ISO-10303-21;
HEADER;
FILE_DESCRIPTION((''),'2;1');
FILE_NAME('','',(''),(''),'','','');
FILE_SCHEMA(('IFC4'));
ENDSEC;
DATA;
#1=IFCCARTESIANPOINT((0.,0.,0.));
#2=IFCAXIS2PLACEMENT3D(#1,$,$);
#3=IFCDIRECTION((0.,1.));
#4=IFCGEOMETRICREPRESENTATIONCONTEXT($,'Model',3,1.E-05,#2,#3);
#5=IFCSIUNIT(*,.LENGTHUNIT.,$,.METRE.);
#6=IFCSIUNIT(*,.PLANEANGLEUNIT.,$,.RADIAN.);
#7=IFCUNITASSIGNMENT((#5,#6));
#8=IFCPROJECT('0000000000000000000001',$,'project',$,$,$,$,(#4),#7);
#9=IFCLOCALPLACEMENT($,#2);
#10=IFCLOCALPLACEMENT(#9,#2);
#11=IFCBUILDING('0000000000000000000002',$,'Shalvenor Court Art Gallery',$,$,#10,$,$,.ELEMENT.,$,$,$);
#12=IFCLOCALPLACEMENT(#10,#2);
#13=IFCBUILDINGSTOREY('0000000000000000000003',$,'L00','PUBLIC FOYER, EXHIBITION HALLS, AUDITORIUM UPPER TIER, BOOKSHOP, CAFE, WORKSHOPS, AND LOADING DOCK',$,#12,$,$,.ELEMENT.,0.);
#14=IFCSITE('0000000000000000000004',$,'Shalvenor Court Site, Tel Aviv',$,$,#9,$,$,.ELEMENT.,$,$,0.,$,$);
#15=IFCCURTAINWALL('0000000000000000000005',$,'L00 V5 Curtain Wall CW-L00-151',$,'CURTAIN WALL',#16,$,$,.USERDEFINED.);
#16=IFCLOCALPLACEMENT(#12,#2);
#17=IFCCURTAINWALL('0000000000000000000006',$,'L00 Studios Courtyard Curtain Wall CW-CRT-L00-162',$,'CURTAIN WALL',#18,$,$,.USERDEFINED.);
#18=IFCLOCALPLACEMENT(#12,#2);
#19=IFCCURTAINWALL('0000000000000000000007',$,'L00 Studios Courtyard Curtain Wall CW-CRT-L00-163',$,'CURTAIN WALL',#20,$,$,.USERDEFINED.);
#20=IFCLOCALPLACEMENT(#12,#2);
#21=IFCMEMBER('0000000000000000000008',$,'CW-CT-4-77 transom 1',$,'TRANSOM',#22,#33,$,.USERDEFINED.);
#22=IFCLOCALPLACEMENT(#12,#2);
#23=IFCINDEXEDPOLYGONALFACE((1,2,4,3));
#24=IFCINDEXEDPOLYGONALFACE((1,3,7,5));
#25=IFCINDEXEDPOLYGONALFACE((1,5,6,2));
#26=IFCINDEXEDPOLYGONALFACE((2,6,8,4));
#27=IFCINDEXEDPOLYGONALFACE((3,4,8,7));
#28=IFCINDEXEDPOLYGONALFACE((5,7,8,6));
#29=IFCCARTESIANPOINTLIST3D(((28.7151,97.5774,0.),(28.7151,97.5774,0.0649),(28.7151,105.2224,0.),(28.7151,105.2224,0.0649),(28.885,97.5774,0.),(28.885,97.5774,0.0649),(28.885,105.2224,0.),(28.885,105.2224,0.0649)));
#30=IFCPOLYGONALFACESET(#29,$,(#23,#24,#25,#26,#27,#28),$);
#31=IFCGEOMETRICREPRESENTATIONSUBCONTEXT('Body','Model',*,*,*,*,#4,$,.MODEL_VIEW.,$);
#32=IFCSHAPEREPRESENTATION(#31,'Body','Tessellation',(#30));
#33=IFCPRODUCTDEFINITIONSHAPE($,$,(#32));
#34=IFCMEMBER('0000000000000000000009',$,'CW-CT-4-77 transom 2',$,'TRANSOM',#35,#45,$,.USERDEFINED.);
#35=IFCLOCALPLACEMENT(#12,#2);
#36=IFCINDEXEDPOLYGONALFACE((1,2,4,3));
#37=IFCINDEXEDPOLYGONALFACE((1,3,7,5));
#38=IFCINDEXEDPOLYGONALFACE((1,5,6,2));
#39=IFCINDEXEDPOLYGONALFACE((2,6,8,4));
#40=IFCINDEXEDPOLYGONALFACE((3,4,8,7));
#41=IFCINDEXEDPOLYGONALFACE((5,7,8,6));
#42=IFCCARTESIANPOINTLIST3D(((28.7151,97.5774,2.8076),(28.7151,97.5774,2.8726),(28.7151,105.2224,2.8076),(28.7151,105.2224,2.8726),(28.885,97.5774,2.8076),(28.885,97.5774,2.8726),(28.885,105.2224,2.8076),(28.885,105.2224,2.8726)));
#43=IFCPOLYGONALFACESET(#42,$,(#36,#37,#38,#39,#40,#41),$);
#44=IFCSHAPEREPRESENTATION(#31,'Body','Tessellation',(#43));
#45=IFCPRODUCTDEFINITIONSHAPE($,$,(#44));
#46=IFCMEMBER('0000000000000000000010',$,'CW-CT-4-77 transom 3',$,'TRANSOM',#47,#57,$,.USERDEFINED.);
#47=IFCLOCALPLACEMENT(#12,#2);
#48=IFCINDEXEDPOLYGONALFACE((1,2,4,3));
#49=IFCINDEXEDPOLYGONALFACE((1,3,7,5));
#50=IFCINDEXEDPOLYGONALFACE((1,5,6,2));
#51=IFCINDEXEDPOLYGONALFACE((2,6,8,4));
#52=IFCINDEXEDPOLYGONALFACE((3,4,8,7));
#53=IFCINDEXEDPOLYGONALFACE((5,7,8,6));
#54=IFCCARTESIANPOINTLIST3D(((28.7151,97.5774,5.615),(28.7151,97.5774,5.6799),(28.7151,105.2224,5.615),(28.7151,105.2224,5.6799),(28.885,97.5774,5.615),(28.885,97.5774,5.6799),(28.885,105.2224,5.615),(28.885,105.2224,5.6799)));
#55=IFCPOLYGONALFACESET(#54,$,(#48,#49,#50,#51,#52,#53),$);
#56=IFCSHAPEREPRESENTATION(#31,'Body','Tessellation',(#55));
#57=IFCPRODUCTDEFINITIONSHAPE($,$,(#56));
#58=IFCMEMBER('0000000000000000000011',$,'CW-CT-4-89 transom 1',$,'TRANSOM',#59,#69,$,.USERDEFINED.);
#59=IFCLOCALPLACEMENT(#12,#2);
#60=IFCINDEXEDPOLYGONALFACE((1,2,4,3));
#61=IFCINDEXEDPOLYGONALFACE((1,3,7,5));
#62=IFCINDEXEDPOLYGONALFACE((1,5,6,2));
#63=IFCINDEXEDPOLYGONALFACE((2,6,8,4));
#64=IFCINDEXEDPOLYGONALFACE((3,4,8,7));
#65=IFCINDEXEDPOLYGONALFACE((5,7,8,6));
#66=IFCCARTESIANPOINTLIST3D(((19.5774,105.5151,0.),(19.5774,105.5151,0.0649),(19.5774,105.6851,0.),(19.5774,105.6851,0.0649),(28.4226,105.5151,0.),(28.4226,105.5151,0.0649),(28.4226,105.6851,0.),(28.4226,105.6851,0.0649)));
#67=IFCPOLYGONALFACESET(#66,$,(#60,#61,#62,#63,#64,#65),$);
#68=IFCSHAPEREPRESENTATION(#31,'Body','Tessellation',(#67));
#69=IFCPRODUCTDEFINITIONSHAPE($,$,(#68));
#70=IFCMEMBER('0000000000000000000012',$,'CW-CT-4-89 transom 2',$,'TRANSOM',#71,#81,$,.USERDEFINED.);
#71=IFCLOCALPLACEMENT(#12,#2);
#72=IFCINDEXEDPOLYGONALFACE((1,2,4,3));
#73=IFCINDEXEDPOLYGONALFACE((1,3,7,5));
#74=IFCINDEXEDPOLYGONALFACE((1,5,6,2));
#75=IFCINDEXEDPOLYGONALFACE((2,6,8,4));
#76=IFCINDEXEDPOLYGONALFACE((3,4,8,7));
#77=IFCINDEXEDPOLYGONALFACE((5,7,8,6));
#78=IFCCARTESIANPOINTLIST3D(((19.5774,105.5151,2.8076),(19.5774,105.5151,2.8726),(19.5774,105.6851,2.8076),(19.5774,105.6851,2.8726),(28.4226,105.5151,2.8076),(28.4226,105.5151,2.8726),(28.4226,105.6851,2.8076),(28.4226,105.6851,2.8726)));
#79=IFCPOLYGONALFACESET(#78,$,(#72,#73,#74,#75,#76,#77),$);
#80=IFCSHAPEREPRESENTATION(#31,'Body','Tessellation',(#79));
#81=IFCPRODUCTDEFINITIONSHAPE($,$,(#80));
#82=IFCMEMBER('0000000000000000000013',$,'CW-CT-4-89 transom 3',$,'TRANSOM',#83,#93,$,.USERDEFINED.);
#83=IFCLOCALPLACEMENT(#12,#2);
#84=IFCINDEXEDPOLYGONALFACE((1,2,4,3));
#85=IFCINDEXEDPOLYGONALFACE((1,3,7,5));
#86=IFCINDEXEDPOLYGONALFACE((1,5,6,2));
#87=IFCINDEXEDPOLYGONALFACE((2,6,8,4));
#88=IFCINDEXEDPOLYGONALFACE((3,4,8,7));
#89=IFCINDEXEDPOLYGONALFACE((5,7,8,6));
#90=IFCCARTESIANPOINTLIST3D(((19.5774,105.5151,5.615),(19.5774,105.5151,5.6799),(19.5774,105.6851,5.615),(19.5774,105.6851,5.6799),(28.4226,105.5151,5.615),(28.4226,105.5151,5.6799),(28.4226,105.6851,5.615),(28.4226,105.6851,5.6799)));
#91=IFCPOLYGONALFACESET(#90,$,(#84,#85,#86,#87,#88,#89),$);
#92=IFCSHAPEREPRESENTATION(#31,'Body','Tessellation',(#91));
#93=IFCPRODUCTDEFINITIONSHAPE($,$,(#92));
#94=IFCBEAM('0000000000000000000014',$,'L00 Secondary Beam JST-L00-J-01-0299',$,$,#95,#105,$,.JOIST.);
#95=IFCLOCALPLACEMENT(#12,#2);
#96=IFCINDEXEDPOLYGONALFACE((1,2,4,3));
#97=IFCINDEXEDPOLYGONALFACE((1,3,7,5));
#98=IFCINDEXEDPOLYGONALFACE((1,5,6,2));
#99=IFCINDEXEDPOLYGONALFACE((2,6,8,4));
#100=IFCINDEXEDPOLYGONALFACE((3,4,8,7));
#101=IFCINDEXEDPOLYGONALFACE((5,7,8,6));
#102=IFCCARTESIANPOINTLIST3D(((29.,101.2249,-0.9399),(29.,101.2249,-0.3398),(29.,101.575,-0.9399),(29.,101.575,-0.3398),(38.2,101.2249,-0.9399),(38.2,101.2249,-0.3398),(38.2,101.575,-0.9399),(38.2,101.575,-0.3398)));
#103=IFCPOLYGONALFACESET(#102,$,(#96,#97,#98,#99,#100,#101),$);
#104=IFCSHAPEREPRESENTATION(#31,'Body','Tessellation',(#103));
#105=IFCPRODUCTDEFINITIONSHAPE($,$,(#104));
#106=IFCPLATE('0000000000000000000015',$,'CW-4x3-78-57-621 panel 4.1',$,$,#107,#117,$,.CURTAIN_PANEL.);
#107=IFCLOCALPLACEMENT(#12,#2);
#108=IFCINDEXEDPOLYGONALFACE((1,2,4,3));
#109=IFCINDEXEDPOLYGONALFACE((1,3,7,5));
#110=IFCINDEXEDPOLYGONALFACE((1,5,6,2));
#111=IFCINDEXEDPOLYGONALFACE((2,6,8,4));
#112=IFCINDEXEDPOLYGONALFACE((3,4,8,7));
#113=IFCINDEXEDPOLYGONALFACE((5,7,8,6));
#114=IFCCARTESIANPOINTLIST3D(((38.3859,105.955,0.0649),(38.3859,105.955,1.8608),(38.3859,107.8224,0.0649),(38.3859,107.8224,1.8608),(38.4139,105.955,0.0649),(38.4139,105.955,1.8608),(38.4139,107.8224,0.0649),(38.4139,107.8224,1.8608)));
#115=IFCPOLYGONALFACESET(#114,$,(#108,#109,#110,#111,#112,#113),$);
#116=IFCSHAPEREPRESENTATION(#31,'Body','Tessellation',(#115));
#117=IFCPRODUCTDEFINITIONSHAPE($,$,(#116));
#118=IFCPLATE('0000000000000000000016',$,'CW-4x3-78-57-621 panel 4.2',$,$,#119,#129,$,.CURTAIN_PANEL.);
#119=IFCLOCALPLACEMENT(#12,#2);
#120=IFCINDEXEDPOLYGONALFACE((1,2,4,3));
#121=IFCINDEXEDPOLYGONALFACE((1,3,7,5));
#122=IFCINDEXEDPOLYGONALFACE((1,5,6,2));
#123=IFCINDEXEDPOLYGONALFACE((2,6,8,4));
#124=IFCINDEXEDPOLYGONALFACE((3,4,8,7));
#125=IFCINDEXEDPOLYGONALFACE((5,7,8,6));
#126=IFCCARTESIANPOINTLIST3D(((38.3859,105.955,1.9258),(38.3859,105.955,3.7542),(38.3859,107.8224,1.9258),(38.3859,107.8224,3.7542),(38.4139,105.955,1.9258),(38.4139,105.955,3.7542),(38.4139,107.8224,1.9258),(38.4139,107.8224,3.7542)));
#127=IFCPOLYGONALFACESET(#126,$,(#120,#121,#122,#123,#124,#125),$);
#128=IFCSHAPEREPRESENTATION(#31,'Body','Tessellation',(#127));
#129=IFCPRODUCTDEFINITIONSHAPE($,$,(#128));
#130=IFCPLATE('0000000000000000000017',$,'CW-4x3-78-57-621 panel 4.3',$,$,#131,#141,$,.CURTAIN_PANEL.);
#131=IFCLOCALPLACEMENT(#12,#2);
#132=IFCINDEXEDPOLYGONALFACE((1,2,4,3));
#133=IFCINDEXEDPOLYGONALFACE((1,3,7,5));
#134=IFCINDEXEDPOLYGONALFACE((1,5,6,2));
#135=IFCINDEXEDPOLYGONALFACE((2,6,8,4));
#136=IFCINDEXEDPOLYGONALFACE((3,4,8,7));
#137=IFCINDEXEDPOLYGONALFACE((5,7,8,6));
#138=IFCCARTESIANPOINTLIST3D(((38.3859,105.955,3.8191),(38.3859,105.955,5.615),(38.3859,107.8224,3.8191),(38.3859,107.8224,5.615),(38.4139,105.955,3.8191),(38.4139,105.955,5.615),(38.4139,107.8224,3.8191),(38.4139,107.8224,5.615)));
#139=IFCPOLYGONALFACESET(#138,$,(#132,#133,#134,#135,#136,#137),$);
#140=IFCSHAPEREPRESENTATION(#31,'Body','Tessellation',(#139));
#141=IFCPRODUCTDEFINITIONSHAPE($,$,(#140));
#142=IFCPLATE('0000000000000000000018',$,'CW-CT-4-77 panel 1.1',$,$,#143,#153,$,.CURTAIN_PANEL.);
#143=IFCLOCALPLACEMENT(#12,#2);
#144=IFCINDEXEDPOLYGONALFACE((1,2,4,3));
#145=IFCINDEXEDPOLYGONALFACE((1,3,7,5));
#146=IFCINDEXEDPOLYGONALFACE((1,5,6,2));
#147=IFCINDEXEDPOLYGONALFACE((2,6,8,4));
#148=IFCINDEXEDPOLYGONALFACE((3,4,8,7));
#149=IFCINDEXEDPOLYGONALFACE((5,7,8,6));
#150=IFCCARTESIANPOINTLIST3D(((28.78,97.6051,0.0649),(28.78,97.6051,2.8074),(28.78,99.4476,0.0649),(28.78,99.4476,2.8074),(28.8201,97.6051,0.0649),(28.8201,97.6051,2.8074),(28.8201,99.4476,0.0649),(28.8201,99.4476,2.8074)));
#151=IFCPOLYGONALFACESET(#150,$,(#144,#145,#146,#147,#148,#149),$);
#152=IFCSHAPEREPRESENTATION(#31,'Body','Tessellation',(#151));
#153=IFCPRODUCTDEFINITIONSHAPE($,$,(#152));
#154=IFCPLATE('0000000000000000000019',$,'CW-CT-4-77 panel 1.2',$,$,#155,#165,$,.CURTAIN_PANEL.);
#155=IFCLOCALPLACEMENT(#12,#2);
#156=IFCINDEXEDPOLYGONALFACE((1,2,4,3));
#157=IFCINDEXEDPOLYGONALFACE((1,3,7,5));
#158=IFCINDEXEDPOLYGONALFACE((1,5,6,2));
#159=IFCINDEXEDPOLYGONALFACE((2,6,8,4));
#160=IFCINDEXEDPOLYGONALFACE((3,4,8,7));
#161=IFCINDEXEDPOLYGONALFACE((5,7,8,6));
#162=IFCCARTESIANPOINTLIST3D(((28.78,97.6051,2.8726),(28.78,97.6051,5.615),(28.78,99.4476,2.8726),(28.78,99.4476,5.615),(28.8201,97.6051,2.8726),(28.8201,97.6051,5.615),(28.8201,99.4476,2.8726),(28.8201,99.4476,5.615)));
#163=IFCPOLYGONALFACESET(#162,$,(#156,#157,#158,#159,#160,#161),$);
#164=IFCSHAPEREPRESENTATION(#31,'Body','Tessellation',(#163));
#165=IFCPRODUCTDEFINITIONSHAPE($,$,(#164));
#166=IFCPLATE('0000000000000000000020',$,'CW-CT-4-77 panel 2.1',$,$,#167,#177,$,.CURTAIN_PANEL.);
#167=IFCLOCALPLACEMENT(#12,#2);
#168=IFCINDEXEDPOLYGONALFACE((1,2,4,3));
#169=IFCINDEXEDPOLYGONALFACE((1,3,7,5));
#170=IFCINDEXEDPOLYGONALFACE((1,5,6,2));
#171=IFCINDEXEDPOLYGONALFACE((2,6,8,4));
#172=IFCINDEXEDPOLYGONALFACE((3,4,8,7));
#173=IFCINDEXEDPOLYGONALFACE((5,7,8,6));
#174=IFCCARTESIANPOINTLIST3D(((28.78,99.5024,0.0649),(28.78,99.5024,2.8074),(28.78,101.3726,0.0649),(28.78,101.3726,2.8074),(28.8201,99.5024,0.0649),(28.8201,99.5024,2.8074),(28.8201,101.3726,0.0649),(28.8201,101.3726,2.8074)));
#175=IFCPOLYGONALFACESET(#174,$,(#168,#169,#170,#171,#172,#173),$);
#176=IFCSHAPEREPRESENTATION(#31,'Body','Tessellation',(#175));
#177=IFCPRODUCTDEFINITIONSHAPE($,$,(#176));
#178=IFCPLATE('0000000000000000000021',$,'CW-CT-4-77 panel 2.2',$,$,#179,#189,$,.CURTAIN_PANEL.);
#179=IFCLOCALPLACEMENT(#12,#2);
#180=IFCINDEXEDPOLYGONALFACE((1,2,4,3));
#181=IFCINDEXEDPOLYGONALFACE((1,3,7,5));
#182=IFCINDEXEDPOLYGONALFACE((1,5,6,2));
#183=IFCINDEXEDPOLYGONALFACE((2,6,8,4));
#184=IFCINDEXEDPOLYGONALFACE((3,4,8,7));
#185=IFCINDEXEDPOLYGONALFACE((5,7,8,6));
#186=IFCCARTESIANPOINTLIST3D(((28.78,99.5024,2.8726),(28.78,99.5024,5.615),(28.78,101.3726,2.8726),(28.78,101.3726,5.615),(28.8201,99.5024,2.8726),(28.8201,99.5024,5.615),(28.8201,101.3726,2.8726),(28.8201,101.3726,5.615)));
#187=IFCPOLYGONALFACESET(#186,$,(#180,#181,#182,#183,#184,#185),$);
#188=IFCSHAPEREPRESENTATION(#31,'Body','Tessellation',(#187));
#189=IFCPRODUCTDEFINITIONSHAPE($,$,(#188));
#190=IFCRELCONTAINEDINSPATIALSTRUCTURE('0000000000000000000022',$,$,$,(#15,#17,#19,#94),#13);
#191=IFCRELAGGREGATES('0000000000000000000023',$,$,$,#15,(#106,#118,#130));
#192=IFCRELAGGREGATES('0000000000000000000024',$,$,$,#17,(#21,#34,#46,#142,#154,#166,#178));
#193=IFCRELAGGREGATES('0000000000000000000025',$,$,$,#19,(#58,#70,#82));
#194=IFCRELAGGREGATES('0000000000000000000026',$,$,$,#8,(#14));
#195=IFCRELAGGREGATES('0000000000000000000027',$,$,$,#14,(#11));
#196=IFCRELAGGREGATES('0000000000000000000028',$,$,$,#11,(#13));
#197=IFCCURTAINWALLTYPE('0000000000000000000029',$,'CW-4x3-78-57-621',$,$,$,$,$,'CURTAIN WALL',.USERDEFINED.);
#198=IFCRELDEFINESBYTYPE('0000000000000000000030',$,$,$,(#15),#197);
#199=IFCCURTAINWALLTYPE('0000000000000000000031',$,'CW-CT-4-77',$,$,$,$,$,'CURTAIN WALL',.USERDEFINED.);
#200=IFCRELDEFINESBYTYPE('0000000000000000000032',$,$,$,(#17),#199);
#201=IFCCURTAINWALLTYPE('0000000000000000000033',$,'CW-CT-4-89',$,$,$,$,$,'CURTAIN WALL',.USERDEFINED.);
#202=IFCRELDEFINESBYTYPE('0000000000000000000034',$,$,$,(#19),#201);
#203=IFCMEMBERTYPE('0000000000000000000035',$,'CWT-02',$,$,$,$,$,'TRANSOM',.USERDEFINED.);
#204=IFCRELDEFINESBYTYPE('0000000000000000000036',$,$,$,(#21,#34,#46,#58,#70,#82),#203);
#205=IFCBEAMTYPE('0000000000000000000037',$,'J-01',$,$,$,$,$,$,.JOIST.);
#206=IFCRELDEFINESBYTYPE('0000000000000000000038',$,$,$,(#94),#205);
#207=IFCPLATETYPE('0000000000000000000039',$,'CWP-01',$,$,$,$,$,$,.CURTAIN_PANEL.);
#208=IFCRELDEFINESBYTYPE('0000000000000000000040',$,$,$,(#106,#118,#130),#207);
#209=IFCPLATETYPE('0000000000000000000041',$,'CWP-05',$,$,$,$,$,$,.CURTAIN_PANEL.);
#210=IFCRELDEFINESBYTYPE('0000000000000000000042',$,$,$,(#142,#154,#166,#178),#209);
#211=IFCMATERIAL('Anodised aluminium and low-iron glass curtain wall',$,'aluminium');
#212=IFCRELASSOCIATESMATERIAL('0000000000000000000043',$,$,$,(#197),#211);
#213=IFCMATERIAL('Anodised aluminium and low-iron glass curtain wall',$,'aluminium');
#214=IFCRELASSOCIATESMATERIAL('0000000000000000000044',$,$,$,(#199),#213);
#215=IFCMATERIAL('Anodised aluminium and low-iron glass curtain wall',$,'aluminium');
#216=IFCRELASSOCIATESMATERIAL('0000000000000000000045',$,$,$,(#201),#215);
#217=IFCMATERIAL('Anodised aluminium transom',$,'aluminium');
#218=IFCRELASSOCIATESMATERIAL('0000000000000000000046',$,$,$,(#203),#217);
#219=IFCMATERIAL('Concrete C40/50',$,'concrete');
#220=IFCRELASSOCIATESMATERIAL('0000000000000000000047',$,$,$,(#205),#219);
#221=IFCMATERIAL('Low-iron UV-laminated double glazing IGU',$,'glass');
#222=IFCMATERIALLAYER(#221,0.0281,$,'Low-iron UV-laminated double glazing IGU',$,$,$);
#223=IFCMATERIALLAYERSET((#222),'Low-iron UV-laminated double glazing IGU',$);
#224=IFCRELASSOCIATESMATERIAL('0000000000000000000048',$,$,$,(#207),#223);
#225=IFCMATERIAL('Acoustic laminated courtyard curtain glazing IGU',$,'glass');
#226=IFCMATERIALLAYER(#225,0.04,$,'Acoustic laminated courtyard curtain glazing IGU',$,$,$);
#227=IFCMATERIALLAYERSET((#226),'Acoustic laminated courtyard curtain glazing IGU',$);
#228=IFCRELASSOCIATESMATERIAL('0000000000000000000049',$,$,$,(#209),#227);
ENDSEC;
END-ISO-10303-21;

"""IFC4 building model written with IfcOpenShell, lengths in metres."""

from ifc_helpers import new_model, si_unit, direction, frame, origin, origin_2d, place, context, subcontext, project, spatial, rectangle, extrude, material, layer, layer_set, material_profile, profile_set, type_object, element, aggregate, save


model = new_model("IFC4")

# Units and contexts
model_context = context("Model", 3, precision=1e-05, world=origin(), true_north=direction((0.0, 1.0)))
body_context = subcontext(model_context, "Body", "Model", "MODEL_VIEW")
ifc_project = project(units=[si_unit("LENGTHUNIT", "METRE"), si_unit("PLANEANGLEUNIT", "RADIAN")], contexts=[model_context])

# Site, building, storey
site_placement = place(None, origin())
site = spatial("IfcSite", under=ifc_project, at=site_placement, Name="Shalvenor Court Site, Tel Aviv", CompositionType="ELEMENT", RefElevation=0.0)
building_placement = place(site_placement, origin())
building = spatial("IfcBuilding", under=site, at=building_placement, Name="Shalvenor Court Art Gallery", CompositionType="ELEMENT")
storey_placement = place(building_placement, origin())
storey = spatial("IfcBuildingStorey", under=building, at=storey_placement, Name="L00", Description="PUBLIC FOYER, EXHIBITION HALLS, AUDITORIUM UPPER TIER, BOOKSHOP, CAFE, WORKSHOPS, AND LOADING DOCK", CompositionType="ELEMENT", Elevation=0.0)

# Curtain wall
ifc_material_1 = material(Name="Anodised aluminium and low-iron glass curtain wall", Category="aluminium")
curtain_wall_type_1 = type_object("IfcCurtainWallType", Name="CW-4x3-78-57-621", ElementType="CURTAIN WALL", PredefinedType="USERDEFINED", material=ifc_material_1)
curtain_wall_1_placement = place(storey_placement, origin())
curtain_wall_1 = element("IfcCurtainWall", 1, at=curtain_wall_1_placement, inside=storey, type_object=curtain_wall_type_1, Name="L00 V5 Curtain Wall CW-L00-151", ObjectType="CURTAIN WALL", PredefinedType="USERDEFINED")

# Curtain wall
ifc_material_2 = material(Name="Anodised aluminium and low-iron glass curtain wall", Category="aluminium")
curtain_wall_type_2 = type_object("IfcCurtainWallType", Name="CW-CT-4-77", ElementType="CURTAIN WALL", PredefinedType="USERDEFINED", material=ifc_material_2)
curtain_wall_2_placement = place(storey_placement, origin())
curtain_wall_2 = element("IfcCurtainWall", 2, at=curtain_wall_2_placement, inside=storey, type_object=curtain_wall_type_2, Name="L00 Studios Courtyard Curtain Wall CW-CRT-L00-162", ObjectType="CURTAIN WALL", PredefinedType="USERDEFINED")

# Curtain wall
ifc_material_3 = material(Name="Anodised aluminium and low-iron glass curtain wall", Category="aluminium")
curtain_wall_type_3 = type_object("IfcCurtainWallType", Name="CW-CT-4-89", ElementType="CURTAIN WALL", PredefinedType="USERDEFINED", material=ifc_material_3)
curtain_wall_3_placement = place(storey_placement, origin())
curtain_wall_3 = element("IfcCurtainWall", 3, at=curtain_wall_3_placement, inside=storey, type_object=curtain_wall_type_3, Name="L00 Studios Courtyard Curtain Wall CW-CRT-L00-163", ObjectType="CURTAIN WALL", PredefinedType="USERDEFINED")

# Members
ifc_material_4 = material(Name="Anodised aluminium transom", Category="aluminium")
ifc_material_profile_1 = material_profile(ifc_material_4, rectangle(XDim=0.1699, YDim=0.0649, at=origin_2d()), Name="CWT-02")
ifc_profile_set_1 = profile_set([ifc_material_profile_1], Name="Anodised aluminium transom")
member_type_1 = type_object("IfcMemberType", Name="CWT-02", ElementType="TRANSOM", PredefinedType="USERDEFINED", material=ifc_profile_set_1)
member_1_placement = place(storey_placement, frame((28.8, 97.5774, 0.0325), z_axis=(0.0, 1.0, 0.0), x_axis=(-1.0, 0.0, 0.0)))
member_1 = element("IfcMember", 4, at=member_1_placement, type_object=member_type_1, Name="CW-CT-4-77 transom 1", ObjectType="TRANSOM", PredefinedType="USERDEFINED", context=body_context, shape_type="SweptSolid", body=[
    extrude(rectangle(XDim=0.1699, YDim=0.0649, at=origin_2d()), origin(), (0.0, 0.0, 1.0), 7.645),
])
member_2_placement = place(storey_placement, frame((28.8, 97.5774, 2.8401), z_axis=(0.0, 1.0, 0.0), x_axis=(-1.0, 0.0, 0.0)))
member_2 = element("IfcMember", 5, at=member_2_placement, type_object=member_type_1, Name="CW-CT-4-77 transom 2", ObjectType="TRANSOM", PredefinedType="USERDEFINED", context=body_context, shape_type="SweptSolid", body=[
    extrude(rectangle(XDim=0.1699, YDim=0.0649, at=origin_2d()), origin(), (0.0, 0.0, 1.0), 7.645),
])
member_3_placement = place(storey_placement, frame((28.8, 97.5774, 5.6475), z_axis=(0.0, 1.0, 0.0), x_axis=(-1.0, 0.0, 0.0)))
member_3 = element("IfcMember", 6, at=member_3_placement, type_object=member_type_1, Name="CW-CT-4-77 transom 3", ObjectType="TRANSOM", PredefinedType="USERDEFINED", context=body_context, shape_type="SweptSolid", body=[
    extrude(rectangle(XDim=0.1699, YDim=0.0649, at=origin_2d()), origin(), (0.0, 0.0, 1.0), 7.645),
])
member_4_placement = place(storey_placement, frame((28.4226, 105.6001, 0.0325), z_axis=(-1.0, 0.0, 0.0), x_axis=(0.0, -1.0, 0.0)))
member_4 = element("IfcMember", 7, at=member_4_placement, type_object=member_type_1, Name="CW-CT-4-89 transom 1", ObjectType="TRANSOM", PredefinedType="USERDEFINED", context=body_context, shape_type="SweptSolid", body=[
    extrude(rectangle(XDim=0.1699, YDim=0.0649, at=origin_2d()), origin(), (0.0, 0.0, 1.0), 8.8452),
])
member_5_placement = place(storey_placement, frame((28.4226, 105.6001, 2.8401), z_axis=(-1.0, 0.0, 0.0), x_axis=(0.0, -1.0, 0.0)))
member_5 = element("IfcMember", 8, at=member_5_placement, type_object=member_type_1, Name="CW-CT-4-89 transom 2", ObjectType="TRANSOM", PredefinedType="USERDEFINED", context=body_context, shape_type="SweptSolid", body=[
    extrude(rectangle(XDim=0.1699, YDim=0.0649, at=origin_2d()), origin(), (0.0, 0.0, 1.0), 8.8452),
])
member_6_placement = place(storey_placement, frame((28.4226, 105.6001, 5.6475), z_axis=(-1.0, 0.0, 0.0), x_axis=(0.0, -1.0, 0.0)))
member_6 = element("IfcMember", 9, at=member_6_placement, type_object=member_type_1, Name="CW-CT-4-89 transom 3", ObjectType="TRANSOM", PredefinedType="USERDEFINED", context=body_context, shape_type="SweptSolid", body=[
    extrude(rectangle(XDim=0.1699, YDim=0.0649, at=origin_2d()), origin(), (0.0, 0.0, 1.0), 8.8452),
])

# Beam
ifc_material_5 = material(Name="Concrete C40/50", Category="concrete")
ifc_material_profile_2 = material_profile(ifc_material_5, rectangle(XDim=0.3501, YDim=0.6001, at=origin_2d()), Name="RC 350x600")
ifc_profile_set_2 = profile_set([ifc_material_profile_2], Name="Concrete C40/50")
beam_type_1 = type_object("IfcBeamType", Name="J-01", PredefinedType="JOIST", material=ifc_profile_set_2)
beam_1_placement = place(storey_placement, frame((29.0, 101.3999, -0.6399), z_axis=(1.0, 0.0, 0.0), x_axis=(0.0, 1.0, 0.0)))
element("IfcBeam", 10, at=beam_1_placement, inside=storey, type_object=beam_type_1, Name="L00 Secondary Beam JST-L00-J-01-0299", PredefinedType="JOIST", context=body_context, shape_type="SweptSolid", body=[
    extrude(rectangle(XDim=0.3501, YDim=0.6001, at=origin_2d()), origin(), (0.0, 0.0, 1.0), 9.2),
])

# Plates
ifc_material_6 = material(Name="Low-iron UV-laminated double glazing IGU", Category="glass")
ifc_layer_1 = layer(ifc_material_6, 0.0281, Name="Low-iron UV-laminated double glazing IGU")
ifc_layer_set_1 = layer_set([ifc_layer_1], Name="Low-iron UV-laminated double glazing IGU")
plate_type_1 = type_object("IfcPlateType", Name="CWP-01", PredefinedType="CURTAIN_PANEL", material=ifc_layer_set_1)
plate_1_placement = place(storey_placement, frame((38.3999, 106.8887, 0.0649), z_axis=(0.0, 0.0, 1.0), x_axis=(0.0, -1.0, 0.0)))
plate_1 = element("IfcPlate", 11, at=plate_1_placement, type_object=plate_type_1, Name="CW-4x3-78-57-621 panel 4.1", PredefinedType="CURTAIN_PANEL", context=body_context, shape_type="SweptSolid", body=[
    extrude(rectangle(XDim=1.8674, YDim=0.0281, at=origin_2d()), origin(), (0.0, 0.0, 1.0), 1.7959),
])
plate_2_placement = place(storey_placement, frame((38.3999, 106.8887, 1.9258), z_axis=(0.0, 0.0, 1.0), x_axis=(0.0, -1.0, 0.0)))
plate_2 = element("IfcPlate", 12, at=plate_2_placement, type_object=plate_type_1, Name="CW-4x3-78-57-621 panel 4.2", PredefinedType="CURTAIN_PANEL", context=body_context, shape_type="SweptSolid", body=[
    extrude(rectangle(XDim=1.8674, YDim=0.0281, at=origin_2d()), origin(), (0.0, 0.0, 1.0), 1.8284),
])
plate_3_placement = place(storey_placement, frame((38.3999, 106.8887, 3.8191), z_axis=(0.0, 0.0, 1.0), x_axis=(0.0, -1.0, 0.0)))
plate_3 = element("IfcPlate", 13, at=plate_3_placement, type_object=plate_type_1, Name="CW-4x3-78-57-621 panel 4.3", PredefinedType="CURTAIN_PANEL", context=body_context, shape_type="SweptSolid", body=[
    extrude(rectangle(XDim=1.8674, YDim=0.0281, at=origin_2d()), origin(), (0.0, 0.0, 1.0), 1.7959),
])
aggregate(curtain_wall_1, [plate_1, plate_2, plate_3])
ifc_material_7 = material(Name="Acoustic laminated courtyard curtain glazing IGU", Category="glass")
ifc_layer_2 = layer(ifc_material_7, 0.04, Name="Acoustic laminated courtyard curtain glazing IGU")
ifc_layer_set_2 = layer_set([ifc_layer_2], Name="Acoustic laminated courtyard curtain glazing IGU")
plate_type_2 = type_object("IfcPlateType", Name="CWP-05", PredefinedType="CURTAIN_PANEL", material=ifc_layer_set_2)
plate_4_placement = place(storey_placement, frame((28.8, 98.5264, 0.0649), z_axis=(0.0, 0.0, 1.0), x_axis=(0.0, 1.0, 0.0)))
plate_4 = element("IfcPlate", 14, at=plate_4_placement, type_object=plate_type_2, Name="CW-CT-4-77 panel 1.1", PredefinedType="CURTAIN_PANEL", context=body_context, shape_type="SweptSolid", body=[
    extrude(rectangle(XDim=1.8425, YDim=0.04, at=origin_2d()), origin(), (0.0, 0.0, 1.0), 2.7424),
])
plate_5_placement = place(storey_placement, frame((28.8, 98.5264, 2.8726), z_axis=(0.0, 0.0, 1.0), x_axis=(0.0, 1.0, 0.0)))
plate_5 = element("IfcPlate", 15, at=plate_5_placement, type_object=plate_type_2, Name="CW-CT-4-77 panel 1.2", PredefinedType="CURTAIN_PANEL", context=body_context, shape_type="SweptSolid", body=[
    extrude(rectangle(XDim=1.8425, YDim=0.04, at=origin_2d()), origin(), (0.0, 0.0, 1.0), 2.7424),
])
plate_6_placement = place(storey_placement, frame((28.8, 100.4375, 0.0649), z_axis=(0.0, 0.0, 1.0), x_axis=(0.0, 1.0, 0.0)))
plate_6 = element("IfcPlate", 16, at=plate_6_placement, type_object=plate_type_2, Name="CW-CT-4-77 panel 2.1", PredefinedType="CURTAIN_PANEL", context=body_context, shape_type="SweptSolid", body=[
    extrude(rectangle(XDim=1.8701, YDim=0.04, at=origin_2d()), origin(), (0.0, 0.0, 1.0), 2.7424),
])
plate_7_placement = place(storey_placement, frame((28.8, 100.4375, 2.8726), z_axis=(0.0, 0.0, 1.0), x_axis=(0.0, 1.0, 0.0)))
plate_7 = element("IfcPlate", 17, at=plate_7_placement, type_object=plate_type_2, Name="CW-CT-4-77 panel 2.2", PredefinedType="CURTAIN_PANEL", context=body_context, shape_type="SweptSolid", body=[
    extrude(rectangle(XDim=1.8701, YDim=0.04, at=origin_2d()), origin(), (0.0, 0.0, 1.0), 2.7424),
])
aggregate(curtain_wall_2, [member_1, member_2, member_3, plate_4, plate_5, plate_6, plate_7])
aggregate(curtain_wall_3, [member_4, member_5, member_6])

save(model, "model.ifc")
